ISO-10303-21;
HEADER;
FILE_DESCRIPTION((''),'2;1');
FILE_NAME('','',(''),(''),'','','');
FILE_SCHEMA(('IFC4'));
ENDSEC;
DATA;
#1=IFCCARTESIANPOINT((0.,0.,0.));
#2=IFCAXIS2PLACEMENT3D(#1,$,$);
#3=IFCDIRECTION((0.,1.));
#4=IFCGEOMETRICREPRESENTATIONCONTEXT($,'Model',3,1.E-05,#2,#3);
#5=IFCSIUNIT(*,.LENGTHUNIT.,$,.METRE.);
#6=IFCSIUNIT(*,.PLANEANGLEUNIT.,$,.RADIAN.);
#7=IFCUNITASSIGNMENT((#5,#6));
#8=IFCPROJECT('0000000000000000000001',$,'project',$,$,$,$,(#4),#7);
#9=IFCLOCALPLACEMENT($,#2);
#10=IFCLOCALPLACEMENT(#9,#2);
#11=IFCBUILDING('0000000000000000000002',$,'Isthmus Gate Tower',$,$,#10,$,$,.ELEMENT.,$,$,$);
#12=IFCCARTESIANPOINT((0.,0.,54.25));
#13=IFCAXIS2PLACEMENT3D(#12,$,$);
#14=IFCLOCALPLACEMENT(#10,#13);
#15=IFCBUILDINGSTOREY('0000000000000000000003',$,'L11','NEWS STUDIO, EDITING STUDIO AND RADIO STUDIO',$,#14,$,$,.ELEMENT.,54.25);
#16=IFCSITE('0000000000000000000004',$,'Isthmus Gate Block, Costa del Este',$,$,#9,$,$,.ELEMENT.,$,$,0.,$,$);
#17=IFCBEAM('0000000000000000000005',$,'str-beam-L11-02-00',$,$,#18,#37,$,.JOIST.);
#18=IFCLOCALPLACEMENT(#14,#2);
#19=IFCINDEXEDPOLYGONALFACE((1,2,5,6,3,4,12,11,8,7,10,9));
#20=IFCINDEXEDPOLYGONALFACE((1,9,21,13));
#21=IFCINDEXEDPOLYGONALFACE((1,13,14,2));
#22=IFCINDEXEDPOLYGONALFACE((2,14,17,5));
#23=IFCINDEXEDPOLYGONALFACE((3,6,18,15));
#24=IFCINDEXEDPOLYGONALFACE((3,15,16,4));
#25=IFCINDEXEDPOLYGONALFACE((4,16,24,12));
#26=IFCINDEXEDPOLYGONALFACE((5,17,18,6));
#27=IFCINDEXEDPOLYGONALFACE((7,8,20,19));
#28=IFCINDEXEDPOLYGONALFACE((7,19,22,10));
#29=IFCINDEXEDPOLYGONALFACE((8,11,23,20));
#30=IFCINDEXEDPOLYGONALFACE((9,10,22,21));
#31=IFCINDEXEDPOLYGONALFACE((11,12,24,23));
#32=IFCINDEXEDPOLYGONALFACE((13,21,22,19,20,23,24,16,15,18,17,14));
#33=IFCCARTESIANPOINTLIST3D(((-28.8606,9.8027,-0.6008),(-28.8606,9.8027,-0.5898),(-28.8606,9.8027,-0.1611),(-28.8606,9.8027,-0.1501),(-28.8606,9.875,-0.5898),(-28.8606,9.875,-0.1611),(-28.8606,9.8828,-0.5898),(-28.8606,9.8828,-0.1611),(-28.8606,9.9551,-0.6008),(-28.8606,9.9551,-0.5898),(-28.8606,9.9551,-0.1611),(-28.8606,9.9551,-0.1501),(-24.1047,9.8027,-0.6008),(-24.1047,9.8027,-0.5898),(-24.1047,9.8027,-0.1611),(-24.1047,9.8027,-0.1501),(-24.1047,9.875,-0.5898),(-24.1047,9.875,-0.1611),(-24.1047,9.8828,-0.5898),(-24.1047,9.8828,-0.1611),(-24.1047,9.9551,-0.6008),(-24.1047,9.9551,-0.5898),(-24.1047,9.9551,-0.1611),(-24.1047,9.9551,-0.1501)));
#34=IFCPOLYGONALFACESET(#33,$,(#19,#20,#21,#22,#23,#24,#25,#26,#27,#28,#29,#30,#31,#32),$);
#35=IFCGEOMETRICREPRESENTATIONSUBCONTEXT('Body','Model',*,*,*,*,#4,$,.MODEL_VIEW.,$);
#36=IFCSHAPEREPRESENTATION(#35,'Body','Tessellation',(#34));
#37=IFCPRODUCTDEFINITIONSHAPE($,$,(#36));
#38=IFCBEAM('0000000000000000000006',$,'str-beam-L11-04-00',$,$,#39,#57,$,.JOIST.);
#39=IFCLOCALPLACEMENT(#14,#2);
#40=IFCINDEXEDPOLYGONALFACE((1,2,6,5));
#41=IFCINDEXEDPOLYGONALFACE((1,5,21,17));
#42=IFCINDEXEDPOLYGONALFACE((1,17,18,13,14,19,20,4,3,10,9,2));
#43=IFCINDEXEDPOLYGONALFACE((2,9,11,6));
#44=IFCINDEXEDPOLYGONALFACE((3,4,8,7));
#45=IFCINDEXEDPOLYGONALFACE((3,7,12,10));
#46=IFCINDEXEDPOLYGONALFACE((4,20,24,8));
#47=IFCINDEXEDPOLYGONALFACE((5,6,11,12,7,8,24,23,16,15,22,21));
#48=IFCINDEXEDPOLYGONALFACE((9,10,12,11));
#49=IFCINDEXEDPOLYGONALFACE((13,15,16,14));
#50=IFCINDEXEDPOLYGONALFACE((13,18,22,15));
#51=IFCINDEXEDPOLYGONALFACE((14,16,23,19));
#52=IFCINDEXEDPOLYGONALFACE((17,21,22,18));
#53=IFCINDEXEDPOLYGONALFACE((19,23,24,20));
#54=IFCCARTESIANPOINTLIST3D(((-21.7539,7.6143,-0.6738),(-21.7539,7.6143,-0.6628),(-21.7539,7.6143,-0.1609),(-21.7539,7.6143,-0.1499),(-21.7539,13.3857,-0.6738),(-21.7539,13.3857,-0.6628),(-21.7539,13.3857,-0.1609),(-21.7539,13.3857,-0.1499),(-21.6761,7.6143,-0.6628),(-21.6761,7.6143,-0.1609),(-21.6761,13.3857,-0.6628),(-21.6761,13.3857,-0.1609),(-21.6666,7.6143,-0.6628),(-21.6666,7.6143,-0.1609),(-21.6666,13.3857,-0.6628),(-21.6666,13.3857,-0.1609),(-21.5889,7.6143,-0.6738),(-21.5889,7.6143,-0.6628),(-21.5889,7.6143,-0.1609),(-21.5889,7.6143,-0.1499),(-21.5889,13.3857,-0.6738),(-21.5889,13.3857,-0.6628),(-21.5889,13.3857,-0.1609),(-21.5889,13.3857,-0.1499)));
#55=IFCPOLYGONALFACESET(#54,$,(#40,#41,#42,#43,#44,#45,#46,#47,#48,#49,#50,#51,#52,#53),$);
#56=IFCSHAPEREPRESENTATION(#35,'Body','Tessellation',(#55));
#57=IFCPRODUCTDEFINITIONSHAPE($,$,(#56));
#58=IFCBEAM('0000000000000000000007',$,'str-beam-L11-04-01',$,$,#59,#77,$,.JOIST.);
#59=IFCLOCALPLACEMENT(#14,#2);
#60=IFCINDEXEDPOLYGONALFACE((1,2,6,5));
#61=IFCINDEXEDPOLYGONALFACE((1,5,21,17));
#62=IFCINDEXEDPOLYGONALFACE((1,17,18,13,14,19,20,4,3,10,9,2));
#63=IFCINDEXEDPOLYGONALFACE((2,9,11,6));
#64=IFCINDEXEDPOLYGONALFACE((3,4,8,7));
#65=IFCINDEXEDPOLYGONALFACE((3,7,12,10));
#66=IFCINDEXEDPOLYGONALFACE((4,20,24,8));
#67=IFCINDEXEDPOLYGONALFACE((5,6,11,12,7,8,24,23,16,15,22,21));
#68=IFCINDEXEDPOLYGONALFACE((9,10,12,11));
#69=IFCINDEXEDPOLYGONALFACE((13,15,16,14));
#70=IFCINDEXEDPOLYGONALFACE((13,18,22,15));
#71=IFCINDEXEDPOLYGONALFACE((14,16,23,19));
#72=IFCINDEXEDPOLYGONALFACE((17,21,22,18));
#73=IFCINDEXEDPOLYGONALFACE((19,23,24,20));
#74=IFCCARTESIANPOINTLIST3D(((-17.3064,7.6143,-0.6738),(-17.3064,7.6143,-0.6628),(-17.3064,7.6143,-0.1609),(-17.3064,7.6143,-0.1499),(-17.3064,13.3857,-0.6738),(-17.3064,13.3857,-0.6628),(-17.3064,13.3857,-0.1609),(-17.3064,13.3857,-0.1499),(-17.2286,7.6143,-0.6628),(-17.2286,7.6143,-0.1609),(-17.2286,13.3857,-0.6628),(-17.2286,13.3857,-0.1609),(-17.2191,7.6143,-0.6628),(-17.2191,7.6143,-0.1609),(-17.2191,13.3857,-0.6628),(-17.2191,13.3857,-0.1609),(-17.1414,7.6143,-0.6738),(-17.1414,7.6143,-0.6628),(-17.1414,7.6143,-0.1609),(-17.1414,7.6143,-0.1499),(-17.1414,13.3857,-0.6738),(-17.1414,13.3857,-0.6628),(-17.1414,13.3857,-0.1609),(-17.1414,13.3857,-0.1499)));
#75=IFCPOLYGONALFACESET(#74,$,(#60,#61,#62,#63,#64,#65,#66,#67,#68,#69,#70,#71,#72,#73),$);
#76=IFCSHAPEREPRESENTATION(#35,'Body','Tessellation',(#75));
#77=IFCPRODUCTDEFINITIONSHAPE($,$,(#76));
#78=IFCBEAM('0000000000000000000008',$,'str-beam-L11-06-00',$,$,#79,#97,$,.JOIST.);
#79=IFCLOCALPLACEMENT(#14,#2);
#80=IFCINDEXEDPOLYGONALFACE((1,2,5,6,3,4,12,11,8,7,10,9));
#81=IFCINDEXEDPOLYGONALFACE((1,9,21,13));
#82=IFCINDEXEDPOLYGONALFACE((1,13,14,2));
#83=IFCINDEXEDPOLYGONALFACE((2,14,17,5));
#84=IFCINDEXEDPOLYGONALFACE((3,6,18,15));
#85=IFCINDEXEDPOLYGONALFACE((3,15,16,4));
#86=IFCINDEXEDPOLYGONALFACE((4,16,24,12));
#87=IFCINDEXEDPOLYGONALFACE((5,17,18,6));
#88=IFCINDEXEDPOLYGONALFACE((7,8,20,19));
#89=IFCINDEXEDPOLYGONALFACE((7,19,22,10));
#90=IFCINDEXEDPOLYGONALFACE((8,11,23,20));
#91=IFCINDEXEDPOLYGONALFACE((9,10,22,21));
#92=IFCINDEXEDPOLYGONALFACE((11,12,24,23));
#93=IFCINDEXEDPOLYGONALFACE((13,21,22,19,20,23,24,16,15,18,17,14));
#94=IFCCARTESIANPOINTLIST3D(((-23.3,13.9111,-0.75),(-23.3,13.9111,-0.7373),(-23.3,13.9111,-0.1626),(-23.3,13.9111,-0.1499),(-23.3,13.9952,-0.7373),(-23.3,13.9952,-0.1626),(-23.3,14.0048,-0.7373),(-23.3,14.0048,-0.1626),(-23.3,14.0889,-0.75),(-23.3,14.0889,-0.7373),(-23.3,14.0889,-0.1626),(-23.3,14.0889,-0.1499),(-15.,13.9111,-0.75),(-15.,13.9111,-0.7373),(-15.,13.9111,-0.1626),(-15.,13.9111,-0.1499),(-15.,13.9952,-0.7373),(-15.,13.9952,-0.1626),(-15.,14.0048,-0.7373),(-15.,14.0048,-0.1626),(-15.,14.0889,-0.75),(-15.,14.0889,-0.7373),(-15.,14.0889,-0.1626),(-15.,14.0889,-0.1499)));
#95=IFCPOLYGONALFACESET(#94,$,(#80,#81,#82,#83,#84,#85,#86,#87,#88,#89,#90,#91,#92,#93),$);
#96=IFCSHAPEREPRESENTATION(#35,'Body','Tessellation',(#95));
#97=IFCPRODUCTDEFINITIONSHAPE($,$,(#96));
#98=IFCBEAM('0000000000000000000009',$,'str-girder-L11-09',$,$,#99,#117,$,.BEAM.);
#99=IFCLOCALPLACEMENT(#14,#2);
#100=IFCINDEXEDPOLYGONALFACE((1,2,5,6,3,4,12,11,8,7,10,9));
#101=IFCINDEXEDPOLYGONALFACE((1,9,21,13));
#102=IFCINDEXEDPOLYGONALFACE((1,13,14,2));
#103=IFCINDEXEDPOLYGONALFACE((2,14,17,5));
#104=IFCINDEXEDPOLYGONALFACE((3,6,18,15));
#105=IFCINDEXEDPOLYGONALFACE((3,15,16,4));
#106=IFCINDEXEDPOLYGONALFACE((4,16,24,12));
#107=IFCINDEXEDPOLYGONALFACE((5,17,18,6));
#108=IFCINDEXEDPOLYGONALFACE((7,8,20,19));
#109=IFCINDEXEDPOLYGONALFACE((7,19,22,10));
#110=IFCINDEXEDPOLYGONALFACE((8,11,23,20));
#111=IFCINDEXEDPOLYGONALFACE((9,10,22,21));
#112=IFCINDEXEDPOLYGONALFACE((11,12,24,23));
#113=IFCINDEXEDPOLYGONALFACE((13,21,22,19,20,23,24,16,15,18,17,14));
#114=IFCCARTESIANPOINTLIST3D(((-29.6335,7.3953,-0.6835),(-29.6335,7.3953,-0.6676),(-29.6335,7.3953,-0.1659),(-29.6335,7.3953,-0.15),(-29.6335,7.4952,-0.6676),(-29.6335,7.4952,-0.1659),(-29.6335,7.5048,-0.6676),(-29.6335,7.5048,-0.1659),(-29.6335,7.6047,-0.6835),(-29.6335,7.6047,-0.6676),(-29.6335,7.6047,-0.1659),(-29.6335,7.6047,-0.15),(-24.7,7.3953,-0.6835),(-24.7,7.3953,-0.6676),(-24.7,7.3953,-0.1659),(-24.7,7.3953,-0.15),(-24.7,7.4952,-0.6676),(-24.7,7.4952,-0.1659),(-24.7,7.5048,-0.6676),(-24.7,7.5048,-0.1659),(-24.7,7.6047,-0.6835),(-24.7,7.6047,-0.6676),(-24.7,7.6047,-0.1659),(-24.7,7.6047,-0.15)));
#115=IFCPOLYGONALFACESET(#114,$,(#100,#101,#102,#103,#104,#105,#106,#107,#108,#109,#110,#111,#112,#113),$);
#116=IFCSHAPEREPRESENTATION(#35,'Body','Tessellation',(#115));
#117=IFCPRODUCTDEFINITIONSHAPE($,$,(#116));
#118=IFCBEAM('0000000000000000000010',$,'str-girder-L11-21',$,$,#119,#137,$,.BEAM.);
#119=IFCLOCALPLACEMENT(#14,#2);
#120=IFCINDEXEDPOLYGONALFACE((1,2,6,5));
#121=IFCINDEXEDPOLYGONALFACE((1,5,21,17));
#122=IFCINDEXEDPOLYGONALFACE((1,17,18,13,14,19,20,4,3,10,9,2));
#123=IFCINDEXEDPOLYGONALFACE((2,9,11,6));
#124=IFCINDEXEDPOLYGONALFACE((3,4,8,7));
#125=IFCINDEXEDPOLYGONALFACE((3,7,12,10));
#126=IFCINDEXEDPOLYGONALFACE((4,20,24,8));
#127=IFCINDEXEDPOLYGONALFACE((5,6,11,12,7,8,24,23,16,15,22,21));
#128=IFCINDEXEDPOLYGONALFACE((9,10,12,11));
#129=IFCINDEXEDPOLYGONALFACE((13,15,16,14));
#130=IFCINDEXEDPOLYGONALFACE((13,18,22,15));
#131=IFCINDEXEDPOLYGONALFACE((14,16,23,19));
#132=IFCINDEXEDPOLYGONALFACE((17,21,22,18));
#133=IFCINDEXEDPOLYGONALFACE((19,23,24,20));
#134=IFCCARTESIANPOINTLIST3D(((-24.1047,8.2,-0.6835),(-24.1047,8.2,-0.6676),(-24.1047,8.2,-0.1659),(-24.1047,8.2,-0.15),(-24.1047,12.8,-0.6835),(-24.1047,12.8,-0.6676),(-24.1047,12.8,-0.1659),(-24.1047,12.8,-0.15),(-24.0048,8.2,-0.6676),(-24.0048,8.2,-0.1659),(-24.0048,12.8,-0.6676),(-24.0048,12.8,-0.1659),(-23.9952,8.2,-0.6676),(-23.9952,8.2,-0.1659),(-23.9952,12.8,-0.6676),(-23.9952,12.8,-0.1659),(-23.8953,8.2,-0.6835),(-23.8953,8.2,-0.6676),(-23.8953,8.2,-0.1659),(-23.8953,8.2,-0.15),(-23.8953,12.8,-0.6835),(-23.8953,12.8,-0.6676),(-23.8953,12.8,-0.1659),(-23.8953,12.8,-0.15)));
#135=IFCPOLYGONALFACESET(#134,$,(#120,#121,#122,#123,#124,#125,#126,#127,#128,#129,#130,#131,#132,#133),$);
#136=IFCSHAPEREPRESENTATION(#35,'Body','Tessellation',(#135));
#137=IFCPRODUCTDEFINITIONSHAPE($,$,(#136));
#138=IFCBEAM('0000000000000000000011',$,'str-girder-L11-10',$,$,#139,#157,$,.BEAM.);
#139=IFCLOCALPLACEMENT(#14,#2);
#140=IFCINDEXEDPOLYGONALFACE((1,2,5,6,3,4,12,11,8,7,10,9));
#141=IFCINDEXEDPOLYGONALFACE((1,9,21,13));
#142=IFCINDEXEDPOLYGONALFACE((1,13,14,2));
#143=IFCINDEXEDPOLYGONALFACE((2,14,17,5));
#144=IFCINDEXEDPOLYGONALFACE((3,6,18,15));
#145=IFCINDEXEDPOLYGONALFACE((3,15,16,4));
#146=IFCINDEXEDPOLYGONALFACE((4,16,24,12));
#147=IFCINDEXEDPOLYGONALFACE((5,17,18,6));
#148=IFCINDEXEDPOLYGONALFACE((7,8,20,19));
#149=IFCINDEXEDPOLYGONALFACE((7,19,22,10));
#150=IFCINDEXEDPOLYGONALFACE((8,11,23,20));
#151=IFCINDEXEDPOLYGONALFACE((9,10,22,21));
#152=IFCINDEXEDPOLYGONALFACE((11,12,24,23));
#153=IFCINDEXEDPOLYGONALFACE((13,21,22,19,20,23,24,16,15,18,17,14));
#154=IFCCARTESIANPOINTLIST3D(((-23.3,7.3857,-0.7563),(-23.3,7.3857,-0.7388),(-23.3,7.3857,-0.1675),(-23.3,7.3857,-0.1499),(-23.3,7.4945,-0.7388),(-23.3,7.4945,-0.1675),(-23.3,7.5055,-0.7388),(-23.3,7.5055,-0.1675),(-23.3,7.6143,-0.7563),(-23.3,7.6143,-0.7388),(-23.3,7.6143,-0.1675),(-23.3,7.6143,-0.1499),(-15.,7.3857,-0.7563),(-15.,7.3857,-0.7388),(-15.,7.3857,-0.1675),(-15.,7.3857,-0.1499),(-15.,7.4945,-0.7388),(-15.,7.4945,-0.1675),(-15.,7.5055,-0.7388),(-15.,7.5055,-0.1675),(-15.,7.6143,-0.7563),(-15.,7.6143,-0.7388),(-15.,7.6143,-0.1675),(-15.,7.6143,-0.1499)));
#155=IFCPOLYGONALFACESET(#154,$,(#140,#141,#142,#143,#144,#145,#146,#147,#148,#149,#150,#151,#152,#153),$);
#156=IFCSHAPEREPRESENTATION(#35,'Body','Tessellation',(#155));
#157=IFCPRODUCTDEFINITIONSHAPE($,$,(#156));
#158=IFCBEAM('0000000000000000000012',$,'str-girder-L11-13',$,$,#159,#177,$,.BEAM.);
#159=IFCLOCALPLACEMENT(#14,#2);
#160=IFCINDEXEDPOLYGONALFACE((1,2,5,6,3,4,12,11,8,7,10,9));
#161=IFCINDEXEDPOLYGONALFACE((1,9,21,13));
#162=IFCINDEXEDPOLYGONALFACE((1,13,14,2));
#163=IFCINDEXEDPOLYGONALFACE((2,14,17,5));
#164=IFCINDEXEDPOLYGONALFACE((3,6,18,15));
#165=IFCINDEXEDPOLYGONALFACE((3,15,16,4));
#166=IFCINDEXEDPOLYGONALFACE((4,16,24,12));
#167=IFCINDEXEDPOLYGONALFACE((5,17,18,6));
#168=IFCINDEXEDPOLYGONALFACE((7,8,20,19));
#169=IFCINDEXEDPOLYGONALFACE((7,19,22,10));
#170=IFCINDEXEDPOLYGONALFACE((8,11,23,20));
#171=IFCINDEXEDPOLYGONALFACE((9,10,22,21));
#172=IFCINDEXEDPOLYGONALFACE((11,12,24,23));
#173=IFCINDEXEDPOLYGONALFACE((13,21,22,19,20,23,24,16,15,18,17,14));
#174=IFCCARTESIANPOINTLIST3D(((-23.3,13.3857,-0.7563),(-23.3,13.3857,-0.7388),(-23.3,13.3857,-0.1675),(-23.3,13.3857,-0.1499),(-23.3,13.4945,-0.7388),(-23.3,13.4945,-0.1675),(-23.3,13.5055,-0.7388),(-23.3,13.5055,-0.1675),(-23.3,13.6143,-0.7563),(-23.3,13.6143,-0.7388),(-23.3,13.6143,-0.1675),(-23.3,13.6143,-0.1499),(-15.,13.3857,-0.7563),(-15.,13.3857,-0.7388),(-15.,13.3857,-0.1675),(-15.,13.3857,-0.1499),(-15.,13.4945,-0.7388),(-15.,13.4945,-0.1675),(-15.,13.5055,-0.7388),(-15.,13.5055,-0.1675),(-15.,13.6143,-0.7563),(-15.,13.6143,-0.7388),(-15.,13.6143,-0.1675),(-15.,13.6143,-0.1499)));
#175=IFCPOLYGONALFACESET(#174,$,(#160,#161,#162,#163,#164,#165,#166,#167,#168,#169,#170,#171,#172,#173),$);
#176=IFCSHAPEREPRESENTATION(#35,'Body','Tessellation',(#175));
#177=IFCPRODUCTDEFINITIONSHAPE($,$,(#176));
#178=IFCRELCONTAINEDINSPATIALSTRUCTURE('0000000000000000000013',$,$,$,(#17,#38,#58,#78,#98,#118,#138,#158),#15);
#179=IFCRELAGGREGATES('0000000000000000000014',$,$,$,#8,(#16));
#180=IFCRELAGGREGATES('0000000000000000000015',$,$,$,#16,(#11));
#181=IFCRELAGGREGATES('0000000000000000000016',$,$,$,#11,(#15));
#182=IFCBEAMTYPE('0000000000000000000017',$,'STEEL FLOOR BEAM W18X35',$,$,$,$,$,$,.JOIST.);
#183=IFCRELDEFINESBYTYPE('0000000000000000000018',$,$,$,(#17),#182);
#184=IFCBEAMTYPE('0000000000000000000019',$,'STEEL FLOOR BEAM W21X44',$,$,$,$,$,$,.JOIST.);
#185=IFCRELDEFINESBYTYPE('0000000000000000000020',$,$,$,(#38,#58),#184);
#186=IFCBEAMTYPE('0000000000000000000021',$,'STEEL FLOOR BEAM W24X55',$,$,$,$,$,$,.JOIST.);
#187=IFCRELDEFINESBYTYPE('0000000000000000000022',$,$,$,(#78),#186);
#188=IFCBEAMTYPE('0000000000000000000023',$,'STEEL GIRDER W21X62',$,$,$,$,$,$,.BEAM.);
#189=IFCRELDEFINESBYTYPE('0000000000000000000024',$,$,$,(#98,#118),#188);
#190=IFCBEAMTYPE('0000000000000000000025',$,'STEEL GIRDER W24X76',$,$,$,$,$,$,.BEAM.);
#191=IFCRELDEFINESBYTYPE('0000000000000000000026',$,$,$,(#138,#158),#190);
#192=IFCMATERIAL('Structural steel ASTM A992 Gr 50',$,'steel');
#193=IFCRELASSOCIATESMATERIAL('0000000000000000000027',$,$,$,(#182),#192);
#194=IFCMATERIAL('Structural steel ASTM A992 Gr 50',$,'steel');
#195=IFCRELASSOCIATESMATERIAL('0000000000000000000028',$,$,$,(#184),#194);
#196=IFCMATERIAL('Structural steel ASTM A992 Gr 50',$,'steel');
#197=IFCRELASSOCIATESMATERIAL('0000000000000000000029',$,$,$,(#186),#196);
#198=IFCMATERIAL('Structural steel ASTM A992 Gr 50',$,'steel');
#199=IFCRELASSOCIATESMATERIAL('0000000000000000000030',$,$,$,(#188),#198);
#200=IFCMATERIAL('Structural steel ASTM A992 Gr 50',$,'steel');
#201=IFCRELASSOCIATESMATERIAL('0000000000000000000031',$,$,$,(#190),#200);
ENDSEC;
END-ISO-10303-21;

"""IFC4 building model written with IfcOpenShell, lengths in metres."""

from ifc_helpers import new_model, si_unit, direction, frame, origin, origin_2d, place, context, subcontext, project, spatial, i_section, extrude, material, material_profile, profile_set, type_object, element, save


model = new_model("IFC4")

# Units and contexts
model_context = context("Model", 3, precision=1e-05, world=origin(), true_north=direction((0.0, 1.0)))
body_context = subcontext(model_context, "Body", "Model", "MODEL_VIEW")
ifc_project = project(units=[si_unit("LENGTHUNIT", "METRE"), si_unit("PLANEANGLEUNIT", "RADIAN")], contexts=[model_context])

# Site, building, storey
site_placement = place(None, origin())
site = spatial("IfcSite", under=ifc_project, at=site_placement, Name="Isthmus Gate Block, Costa del Este", CompositionType="ELEMENT", RefElevation=0.0)
building_placement = place(site_placement, origin())
building = spatial("IfcBuilding", under=site, at=building_placement, Name="Isthmus Gate Tower", CompositionType="ELEMENT")
storey_placement = place(building_placement, frame((0.0, 0.0, 54.25)))
storey = spatial("IfcBuildingStorey", under=building, at=storey_placement, Name="L11", Description="NEWS STUDIO, EDITING STUDIO AND RADIO STUDIO", CompositionType="ELEMENT", Elevation=54.25)

# Beams
ifc_material_1 = material(Name="Structural steel ASTM A992 Gr 50", Category="steel")
ifc_material_profile_1 = material_profile(ifc_material_1, i_section(OverallWidth=0.1523, OverallDepth=0.4507, WebThickness=0.0078, FlangeThickness=0.011, at=origin_2d()), Name="W18X35")
ifc_profile_set_1 = profile_set([ifc_material_profile_1], Name="Structural steel ASTM A992 Gr 50")
beam_type_1 = type_object("IfcBeamType", Name="STEEL FLOOR BEAM W18X35", PredefinedType="JOIST", material=ifc_profile_set_1)
beam_1_placement = place(storey_placement, frame((-28.8606, 9.8789, -0.3755), z_axis=(1.0, 0.0, 0.0), x_axis=(0.0, 1.0, 0.0)))
element("IfcBeam", 1, at=beam_1_placement, inside=storey, type_object=beam_type_1, Name="str-beam-L11-02-00", PredefinedType="JOIST", context=body_context, shape_type="SweptSolid", body=[
    extrude(i_section(OverallWidth=0.1523, OverallDepth=0.4507, WebThickness=0.0078, FlangeThickness=0.011, at=origin_2d()), origin(), (0.0, 0.0, 1.0), 4.7559),
])
ifc_material_2 = material(Name="Structural steel ASTM A992 Gr 50", Category="steel")
ifc_material_profile_2 = material_profile(ifc_material_2, i_section(OverallWidth=0.165, OverallDepth=0.5239, WebThickness=0.0095, FlangeThickness=0.011, at=origin_2d()), Name="W21X44")
ifc_profile_set_2 = profile_set([ifc_material_profile_2], Name="Structural steel ASTM A992 Gr 50")
beam_type_2 = type_object("IfcBeamType", Name="STEEL FLOOR BEAM W21X44", PredefinedType="JOIST", material=ifc_profile_set_2)
for number, where, z_axis, x_axis, name in (
    (2, (-21.6714, 7.6143, -0.4119), (0.0, 1.0, 0.0), (-1.0, 0.0, 0.0), "str-beam-L11-04-00"),
    (3, (-17.2239, 7.6143, -0.4119), (0.0, 1.0, 0.0), (-1.0, 0.0, 0.0), "str-beam-L11-04-01"),
):
    element("IfcBeam", number, at=place(storey_placement, frame(where, z_axis=z_axis, x_axis=x_axis)), inside=storey, type_object=beam_type_2, Name=name, PredefinedType="JOIST", context=body_context, shape_type="SweptSolid", body=[
        extrude(i_section(OverallWidth=0.165, OverallDepth=0.5239, WebThickness=0.0095, FlangeThickness=0.011, at=origin_2d()), origin(), (0.0, 0.0, 1.0), 5.7715),
    ])
ifc_material_3 = material(Name="Structural steel ASTM A992 Gr 50", Category="steel")
ifc_material_profile_3 = material_profile(ifc_material_3, i_section(OverallWidth=0.1777, OverallDepth=0.6001, WebThickness=0.0095, FlangeThickness=0.0127, at=origin_2d()), Name="W24X55")
ifc_profile_set_3 = profile_set([ifc_material_profile_3], Name="Structural steel ASTM A992 Gr 50")
beam_type_3 = type_object("IfcBeamType", Name="STEEL FLOOR BEAM W24X55", PredefinedType="JOIST", material=ifc_profile_set_3)
beam_2_placement = place(storey_placement, frame((-23.3, 14.0, -0.45), z_axis=(1.0, 0.0, 0.0), x_axis=(0.0, 1.0, 0.0)))
element("IfcBeam", 4, at=beam_2_placement, inside=storey, type_object=beam_type_3, Name="str-beam-L11-06-00", PredefinedType="JOIST", context=body_context, shape_type="SweptSolid", body=[
    extrude(i_section(OverallWidth=0.1777, OverallDepth=0.6001, WebThickness=0.0095, FlangeThickness=0.0127, at=origin_2d()), origin(), (0.0, 0.0, 1.0), 8.3),
])
ifc_material_4 = material(Name="Structural steel ASTM A992 Gr 50", Category="steel")
ifc_material_profile_4 = material_profile(ifc_material_4, i_section(OverallWidth=0.2095, OverallDepth=0.5334, WebThickness=0.0095, FlangeThickness=0.0159, at=origin_2d()), Name="W21X62")
ifc_profile_set_4 = profile_set([ifc_material_profile_4], Name="Structural steel ASTM A992 Gr 50")
beam_type_4 = type_object("IfcBeamType", Name="STEEL GIRDER W21X62", PredefinedType="BEAM", material=ifc_profile_set_4)
beam_3_placement = place(storey_placement, frame((-29.6335, 7.5, -0.4167), z_axis=(1.0, 0.0, 0.0), x_axis=(0.0, 1.0, 0.0)))
element("IfcBeam", 5, at=beam_3_placement, inside=storey, type_object=beam_type_4, Name="str-girder-L11-09", PredefinedType="BEAM", context=body_context, shape_type="SweptSolid", body=[
    extrude(i_section(OverallWidth=0.2095, OverallDepth=0.5334, WebThickness=0.0095, FlangeThickness=0.0159, at=origin_2d()), origin(), (0.0, 0.0, 1.0), 4.9336),
])
beam_4_placement = place(storey_placement, frame((-24.0, 8.2, -0.4167), z_axis=(0.0, 1.0, 0.0), x_axis=(-1.0, 0.0, 0.0)))
element("IfcBeam", 6, at=beam_4_placement, inside=storey, type_object=beam_type_4, Name="str-girder-L11-21", PredefinedType="BEAM", context=body_context, shape_type="SweptSolid", body=[
    extrude(i_section(OverallWidth=0.2095, OverallDepth=0.5334, WebThickness=0.0095, FlangeThickness=0.0159, at=origin_2d()), origin(), (0.0, 0.0, 1.0), 4.6001),
])
ifc_material_5 = material(Name="Structural steel ASTM A992 Gr 50", Category="steel")
ifc_material_profile_5 = material_profile(ifc_material_5, i_section(OverallWidth=0.2285, OverallDepth=0.6064, WebThickness=0.011, FlangeThickness=0.0176, at=origin_2d()), Name="W24X76")
ifc_profile_set_5 = profile_set([ifc_material_profile_5], Name="Structural steel ASTM A992 Gr 50")
beam_type_5 = type_object("IfcBeamType", Name="STEEL GIRDER W24X76", PredefinedType="BEAM", material=ifc_profile_set_5)
for number, where, z_axis, x_axis, name in (
    (7, (-23.3, 7.5, -0.4531), (1.0, 0.0, 0.0), (0.0, 1.0, 0.0), "str-girder-L11-10"),
    (8, (-23.3, 13.5, -0.4531), (1.0, 0.0, 0.0), (0.0, 1.0, 0.0), "str-girder-L11-13"),
):
    element("IfcBeam", number, at=place(storey_placement, frame(where, z_axis=z_axis, x_axis=x_axis)), inside=storey, type_object=beam_type_5, Name=name, PredefinedType="BEAM", context=body_context, shape_type="SweptSolid", body=[
        extrude(i_section(OverallWidth=0.2285, OverallDepth=0.6064, WebThickness=0.011, FlangeThickness=0.0176, at=origin_2d()), origin(), (0.0, 0.0, 1.0), 8.3),
    ])

save(model, "model.ifc")
